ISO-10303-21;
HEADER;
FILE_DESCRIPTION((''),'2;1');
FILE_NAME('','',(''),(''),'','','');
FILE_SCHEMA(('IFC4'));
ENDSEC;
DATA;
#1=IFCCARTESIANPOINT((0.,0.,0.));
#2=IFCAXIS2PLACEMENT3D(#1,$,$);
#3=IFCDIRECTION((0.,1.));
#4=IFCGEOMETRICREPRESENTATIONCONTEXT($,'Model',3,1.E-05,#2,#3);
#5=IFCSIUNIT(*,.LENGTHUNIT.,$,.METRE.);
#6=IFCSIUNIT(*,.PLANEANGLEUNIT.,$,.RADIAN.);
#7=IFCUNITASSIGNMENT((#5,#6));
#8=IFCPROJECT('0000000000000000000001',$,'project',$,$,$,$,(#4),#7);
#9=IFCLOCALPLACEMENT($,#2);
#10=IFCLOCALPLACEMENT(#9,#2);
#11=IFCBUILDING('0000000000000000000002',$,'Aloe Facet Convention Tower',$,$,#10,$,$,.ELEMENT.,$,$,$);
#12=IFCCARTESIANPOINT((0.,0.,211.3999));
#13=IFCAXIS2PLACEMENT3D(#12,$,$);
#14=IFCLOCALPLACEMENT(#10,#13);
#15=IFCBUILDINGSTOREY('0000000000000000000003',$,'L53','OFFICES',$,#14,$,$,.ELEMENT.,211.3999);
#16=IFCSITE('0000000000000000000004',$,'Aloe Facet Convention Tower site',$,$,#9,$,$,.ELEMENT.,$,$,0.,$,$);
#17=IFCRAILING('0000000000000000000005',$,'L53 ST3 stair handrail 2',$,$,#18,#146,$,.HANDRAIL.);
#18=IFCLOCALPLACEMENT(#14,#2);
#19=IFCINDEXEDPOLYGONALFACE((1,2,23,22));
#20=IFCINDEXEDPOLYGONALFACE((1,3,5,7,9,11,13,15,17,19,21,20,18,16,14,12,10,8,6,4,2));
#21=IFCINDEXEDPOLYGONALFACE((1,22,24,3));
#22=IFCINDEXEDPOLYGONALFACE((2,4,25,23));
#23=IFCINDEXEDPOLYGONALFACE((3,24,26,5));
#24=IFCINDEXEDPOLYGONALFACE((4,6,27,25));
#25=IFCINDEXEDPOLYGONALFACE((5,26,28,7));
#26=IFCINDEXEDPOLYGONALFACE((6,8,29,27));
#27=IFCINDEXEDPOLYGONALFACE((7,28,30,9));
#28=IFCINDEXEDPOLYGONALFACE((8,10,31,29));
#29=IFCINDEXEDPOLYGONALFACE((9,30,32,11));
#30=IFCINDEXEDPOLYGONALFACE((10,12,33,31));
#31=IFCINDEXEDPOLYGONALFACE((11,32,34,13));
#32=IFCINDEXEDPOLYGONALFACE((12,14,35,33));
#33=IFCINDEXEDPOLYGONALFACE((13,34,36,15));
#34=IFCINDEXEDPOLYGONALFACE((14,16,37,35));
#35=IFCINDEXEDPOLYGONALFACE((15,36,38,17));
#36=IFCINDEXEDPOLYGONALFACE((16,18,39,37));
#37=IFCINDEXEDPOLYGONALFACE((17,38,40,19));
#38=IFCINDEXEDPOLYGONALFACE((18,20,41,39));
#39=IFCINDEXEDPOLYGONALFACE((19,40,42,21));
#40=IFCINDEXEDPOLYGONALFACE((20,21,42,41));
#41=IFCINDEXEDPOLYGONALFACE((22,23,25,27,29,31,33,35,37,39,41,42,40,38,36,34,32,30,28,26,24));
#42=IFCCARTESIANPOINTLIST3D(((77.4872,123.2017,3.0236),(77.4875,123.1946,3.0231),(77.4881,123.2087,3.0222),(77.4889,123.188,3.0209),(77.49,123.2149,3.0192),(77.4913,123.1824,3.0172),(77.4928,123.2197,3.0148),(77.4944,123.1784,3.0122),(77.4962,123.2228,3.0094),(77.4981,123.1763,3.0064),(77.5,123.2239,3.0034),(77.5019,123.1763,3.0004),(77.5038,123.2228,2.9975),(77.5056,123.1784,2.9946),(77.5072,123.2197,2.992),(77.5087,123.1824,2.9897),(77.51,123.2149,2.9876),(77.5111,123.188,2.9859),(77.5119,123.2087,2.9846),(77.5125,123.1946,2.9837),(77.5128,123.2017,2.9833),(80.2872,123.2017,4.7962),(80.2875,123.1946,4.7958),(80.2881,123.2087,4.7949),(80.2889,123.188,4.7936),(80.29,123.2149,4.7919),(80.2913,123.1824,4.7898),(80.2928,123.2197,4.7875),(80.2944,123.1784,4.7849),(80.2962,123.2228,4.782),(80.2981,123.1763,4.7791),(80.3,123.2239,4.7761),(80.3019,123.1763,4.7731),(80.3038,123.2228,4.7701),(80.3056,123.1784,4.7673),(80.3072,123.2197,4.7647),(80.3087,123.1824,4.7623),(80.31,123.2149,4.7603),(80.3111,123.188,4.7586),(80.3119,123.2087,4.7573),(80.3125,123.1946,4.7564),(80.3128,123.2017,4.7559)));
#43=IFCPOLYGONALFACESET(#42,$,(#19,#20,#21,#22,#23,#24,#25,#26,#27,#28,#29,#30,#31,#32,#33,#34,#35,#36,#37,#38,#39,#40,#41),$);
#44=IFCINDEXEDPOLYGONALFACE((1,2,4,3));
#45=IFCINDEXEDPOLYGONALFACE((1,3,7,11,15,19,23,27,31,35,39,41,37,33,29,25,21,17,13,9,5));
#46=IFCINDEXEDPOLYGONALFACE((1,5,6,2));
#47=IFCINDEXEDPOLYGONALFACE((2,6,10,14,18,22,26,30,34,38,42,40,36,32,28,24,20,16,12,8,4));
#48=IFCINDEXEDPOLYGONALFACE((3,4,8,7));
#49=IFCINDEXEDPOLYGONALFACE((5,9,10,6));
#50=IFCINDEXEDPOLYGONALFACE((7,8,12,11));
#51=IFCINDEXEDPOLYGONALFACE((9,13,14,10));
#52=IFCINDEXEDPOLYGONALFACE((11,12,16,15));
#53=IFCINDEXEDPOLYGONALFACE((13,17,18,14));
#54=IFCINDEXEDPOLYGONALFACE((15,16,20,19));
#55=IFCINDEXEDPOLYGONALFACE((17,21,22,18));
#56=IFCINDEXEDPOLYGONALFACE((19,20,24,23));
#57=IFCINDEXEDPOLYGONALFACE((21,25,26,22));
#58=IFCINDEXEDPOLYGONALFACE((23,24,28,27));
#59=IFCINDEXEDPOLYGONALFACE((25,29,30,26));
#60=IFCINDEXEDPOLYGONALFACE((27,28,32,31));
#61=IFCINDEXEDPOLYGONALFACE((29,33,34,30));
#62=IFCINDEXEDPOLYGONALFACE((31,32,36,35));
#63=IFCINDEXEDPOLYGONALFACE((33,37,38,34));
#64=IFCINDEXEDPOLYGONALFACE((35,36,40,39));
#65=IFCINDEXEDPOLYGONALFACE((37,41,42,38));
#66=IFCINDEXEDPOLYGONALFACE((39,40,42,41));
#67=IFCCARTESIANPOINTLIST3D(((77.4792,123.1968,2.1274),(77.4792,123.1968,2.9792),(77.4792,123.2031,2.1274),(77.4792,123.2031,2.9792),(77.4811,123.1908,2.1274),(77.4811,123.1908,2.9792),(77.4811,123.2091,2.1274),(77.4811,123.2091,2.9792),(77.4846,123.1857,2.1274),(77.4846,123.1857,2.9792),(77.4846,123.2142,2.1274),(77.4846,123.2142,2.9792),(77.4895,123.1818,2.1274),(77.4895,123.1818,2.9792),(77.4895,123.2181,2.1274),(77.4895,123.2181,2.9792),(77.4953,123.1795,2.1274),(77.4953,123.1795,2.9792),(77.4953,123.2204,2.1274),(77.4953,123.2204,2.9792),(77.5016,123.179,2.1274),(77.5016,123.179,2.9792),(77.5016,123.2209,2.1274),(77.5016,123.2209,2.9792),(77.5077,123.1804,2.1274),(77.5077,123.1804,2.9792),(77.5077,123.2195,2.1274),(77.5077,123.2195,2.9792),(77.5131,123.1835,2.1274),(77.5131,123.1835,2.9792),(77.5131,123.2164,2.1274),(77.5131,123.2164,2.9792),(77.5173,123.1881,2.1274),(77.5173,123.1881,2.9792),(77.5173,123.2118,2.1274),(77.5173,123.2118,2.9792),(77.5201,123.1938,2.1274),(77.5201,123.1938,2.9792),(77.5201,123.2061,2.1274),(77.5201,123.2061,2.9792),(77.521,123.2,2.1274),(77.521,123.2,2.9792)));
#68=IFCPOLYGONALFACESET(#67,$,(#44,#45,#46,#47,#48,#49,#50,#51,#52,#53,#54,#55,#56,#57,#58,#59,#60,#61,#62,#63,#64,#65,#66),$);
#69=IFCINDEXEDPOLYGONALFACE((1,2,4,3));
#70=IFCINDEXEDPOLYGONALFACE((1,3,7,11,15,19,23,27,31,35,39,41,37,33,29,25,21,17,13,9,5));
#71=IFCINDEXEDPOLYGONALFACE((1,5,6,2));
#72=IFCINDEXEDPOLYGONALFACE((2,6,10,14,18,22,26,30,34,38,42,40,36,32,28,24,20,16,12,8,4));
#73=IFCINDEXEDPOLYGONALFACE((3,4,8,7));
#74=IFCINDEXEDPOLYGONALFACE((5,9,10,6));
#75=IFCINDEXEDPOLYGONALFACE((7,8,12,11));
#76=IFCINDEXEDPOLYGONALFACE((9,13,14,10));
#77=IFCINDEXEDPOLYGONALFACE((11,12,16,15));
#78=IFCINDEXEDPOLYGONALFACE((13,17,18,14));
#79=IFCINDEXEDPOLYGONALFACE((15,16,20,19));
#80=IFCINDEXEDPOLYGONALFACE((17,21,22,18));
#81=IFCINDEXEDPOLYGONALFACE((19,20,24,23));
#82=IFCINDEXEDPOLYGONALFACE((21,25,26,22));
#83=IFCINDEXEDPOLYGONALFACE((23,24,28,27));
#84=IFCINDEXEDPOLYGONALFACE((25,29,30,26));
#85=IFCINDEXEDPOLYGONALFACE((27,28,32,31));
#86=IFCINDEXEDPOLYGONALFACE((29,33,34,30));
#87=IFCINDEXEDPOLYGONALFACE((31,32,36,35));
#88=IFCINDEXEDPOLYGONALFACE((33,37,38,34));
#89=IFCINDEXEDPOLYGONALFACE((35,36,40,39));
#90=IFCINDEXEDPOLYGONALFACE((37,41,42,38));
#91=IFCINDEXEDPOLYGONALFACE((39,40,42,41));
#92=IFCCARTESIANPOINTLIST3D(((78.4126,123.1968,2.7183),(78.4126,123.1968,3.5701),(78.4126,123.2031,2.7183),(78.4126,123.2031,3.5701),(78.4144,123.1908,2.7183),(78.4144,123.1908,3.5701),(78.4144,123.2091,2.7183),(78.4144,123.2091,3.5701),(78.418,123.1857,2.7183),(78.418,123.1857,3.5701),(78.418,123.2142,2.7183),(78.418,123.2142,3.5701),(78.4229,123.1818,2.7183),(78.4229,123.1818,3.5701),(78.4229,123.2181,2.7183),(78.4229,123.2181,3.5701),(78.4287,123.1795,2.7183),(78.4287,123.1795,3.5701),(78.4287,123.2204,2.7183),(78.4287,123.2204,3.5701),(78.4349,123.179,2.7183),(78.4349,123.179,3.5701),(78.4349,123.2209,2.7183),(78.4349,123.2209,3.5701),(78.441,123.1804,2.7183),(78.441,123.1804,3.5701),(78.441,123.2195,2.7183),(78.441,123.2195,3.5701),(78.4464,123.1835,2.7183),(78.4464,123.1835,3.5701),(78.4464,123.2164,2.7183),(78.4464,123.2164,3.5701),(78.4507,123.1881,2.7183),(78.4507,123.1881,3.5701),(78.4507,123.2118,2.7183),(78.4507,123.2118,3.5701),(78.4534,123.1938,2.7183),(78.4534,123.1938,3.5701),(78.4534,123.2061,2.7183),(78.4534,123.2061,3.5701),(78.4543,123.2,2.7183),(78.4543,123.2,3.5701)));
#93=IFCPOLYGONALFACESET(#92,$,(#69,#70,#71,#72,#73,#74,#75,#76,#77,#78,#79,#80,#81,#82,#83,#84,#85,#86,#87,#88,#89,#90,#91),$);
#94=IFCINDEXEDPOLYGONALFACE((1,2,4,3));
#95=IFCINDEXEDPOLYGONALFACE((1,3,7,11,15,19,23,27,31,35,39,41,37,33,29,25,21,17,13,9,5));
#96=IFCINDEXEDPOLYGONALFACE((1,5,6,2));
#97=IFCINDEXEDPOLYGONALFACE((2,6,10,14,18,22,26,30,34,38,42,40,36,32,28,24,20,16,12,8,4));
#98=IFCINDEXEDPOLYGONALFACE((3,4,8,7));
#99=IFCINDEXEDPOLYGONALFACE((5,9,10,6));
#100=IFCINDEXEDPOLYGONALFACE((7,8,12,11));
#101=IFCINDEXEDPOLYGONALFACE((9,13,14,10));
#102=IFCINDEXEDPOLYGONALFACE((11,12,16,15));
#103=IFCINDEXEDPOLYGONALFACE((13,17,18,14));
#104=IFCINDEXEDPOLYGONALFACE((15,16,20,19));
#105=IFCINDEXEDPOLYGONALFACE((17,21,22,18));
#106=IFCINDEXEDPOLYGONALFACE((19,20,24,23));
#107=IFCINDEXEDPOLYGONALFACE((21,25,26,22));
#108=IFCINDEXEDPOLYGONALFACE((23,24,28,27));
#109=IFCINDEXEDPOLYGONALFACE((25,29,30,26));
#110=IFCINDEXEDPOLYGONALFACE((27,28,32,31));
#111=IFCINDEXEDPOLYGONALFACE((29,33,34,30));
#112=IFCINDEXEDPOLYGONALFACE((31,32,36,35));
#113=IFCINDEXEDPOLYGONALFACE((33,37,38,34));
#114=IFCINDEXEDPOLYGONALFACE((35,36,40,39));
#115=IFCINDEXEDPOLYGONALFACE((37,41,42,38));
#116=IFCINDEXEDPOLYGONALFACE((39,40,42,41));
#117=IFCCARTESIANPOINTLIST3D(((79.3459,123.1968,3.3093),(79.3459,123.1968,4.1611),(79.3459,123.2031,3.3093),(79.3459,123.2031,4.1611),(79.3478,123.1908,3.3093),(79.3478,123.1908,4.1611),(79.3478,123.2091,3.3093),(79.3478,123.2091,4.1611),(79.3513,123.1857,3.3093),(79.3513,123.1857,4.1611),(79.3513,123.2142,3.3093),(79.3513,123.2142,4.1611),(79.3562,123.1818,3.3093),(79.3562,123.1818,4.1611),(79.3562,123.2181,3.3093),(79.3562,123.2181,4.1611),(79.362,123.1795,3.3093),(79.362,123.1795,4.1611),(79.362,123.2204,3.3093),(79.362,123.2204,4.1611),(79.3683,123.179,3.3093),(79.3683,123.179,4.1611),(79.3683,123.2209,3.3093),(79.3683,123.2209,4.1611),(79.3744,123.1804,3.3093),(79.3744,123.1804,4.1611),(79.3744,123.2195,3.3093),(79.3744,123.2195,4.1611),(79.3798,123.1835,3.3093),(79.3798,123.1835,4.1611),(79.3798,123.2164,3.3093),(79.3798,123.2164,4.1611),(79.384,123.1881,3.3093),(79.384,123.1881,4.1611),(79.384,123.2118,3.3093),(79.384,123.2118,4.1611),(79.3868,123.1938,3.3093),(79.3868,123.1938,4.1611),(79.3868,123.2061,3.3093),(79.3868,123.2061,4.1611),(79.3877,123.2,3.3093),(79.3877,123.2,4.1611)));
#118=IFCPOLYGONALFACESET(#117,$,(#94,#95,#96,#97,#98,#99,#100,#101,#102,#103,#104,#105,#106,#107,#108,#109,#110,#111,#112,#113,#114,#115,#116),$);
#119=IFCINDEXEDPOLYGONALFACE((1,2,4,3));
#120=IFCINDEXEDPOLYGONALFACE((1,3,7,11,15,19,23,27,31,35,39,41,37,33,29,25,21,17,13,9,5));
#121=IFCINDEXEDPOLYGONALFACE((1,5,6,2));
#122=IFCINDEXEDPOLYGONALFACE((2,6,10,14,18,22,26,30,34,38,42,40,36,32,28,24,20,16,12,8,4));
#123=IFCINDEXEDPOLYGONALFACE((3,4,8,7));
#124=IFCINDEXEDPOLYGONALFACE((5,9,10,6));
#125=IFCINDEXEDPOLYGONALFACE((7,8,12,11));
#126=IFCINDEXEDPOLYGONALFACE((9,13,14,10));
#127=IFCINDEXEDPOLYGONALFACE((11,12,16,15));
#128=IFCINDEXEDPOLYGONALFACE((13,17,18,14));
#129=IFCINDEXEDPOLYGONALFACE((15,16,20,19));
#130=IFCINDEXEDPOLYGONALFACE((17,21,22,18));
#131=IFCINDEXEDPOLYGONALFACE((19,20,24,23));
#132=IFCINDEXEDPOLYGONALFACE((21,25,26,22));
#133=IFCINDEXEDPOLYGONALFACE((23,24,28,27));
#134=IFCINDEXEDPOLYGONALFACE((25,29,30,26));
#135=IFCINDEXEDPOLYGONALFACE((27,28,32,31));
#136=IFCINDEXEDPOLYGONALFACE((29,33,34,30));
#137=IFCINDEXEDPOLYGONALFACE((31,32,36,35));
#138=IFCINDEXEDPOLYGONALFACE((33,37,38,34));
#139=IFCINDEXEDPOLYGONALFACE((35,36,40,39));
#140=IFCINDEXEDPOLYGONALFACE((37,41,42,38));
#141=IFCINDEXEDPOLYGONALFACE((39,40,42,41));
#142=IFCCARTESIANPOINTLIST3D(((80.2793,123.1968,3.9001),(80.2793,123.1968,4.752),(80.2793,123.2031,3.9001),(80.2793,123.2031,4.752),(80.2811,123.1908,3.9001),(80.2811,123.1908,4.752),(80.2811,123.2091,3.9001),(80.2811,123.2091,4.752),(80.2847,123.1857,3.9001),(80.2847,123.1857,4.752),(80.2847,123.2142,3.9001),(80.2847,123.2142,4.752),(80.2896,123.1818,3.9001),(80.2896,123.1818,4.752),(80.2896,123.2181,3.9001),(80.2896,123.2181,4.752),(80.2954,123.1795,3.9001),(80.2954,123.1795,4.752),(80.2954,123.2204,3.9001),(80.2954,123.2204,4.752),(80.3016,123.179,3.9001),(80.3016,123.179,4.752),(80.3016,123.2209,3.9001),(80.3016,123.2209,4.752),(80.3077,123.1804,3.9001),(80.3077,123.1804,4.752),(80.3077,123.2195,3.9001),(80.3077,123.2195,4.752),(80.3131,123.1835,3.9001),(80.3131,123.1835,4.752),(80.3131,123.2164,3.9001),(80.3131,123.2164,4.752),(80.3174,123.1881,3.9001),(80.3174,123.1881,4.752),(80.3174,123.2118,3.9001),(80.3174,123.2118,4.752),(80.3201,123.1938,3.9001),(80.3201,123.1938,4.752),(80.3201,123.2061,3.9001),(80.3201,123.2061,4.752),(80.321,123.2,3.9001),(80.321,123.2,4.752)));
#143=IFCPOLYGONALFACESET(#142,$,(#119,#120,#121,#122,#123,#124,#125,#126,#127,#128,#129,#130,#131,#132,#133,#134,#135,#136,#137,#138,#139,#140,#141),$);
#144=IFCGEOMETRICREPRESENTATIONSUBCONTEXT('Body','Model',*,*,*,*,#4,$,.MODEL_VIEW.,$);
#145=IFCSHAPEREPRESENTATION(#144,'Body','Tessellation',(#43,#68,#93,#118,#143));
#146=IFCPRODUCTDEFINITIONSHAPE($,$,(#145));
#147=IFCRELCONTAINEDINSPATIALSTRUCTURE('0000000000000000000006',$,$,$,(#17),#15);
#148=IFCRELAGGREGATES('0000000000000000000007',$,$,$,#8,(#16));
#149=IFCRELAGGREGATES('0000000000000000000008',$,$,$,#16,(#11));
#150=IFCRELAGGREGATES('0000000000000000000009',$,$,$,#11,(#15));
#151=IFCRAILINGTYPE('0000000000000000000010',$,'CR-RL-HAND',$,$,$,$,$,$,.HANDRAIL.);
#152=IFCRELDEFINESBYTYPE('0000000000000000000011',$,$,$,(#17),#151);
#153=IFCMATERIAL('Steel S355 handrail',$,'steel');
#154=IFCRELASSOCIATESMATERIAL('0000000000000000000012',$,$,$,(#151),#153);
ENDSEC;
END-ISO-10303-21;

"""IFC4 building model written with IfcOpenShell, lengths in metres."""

from ifc_helpers import new_model, si_unit, direction, frame, origin, origin_2d, place, context, subcontext, project, spatial, circle, extrude, material, type_object, element, save


model = new_model("IFC4")

# Units and contexts
model_context = context("Model", 3, precision=1e-05, world=origin(), true_north=direction((0.0, 1.0)))
body_context = subcontext(model_context, "Body", "Model", "MODEL_VIEW")
ifc_project = project(units=[si_unit("LENGTHUNIT", "METRE"), si_unit("PLANEANGLEUNIT", "RADIAN")], contexts=[model_context])

# Site, building, storey
site_placement = place(None, origin())
site = spatial("IfcSite", under=ifc_project, at=site_placement, Name="Aloe Facet Convention Tower site", CompositionType="ELEMENT", RefElevation=0.0)
building_placement = place(site_placement, origin())
building = spatial("IfcBuilding", under=site, at=building_placement, Name="Aloe Facet Convention Tower", CompositionType="ELEMENT")
storey_placement = place(building_placement, frame((0.0, 0.0, 211.3999)))
storey = spatial("IfcBuildingStorey", under=building, at=storey_placement, Name="L53", Description="OFFICES", CompositionType="ELEMENT", Elevation=211.3999)

# Railing
ifc_material_1 = material(Name="Steel S355 handrail", Category="steel")
railing_type_1 = type_object("IfcRailingType", Name="CR-RL-HAND", PredefinedType="HANDRAIL", material=ifc_material_1)
railing_1_placement = place(storey_placement, frame((77.5, 123.2, 2.1274)))
element("IfcRailing", 1, at=railing_1_placement, inside=storey, type_object=railing_type_1, Name="L53 ST3 stair handrail 2", PredefinedType="HANDRAIL", context=body_context, shape_type="SweptSolid", body=[
    extrude(circle(Radius=0.0239, at=origin_2d()), frame((0.0, 0.0, 0.876), z_axis=(0.844909, 0.0, 0.53491), x_axis=(0.0, 1.0, 0.0)), (0.0, 0.0, 1.0), 3.314),
    extrude(circle(Radius=0.021, at=origin_2d()), origin(), (0.0, 0.0, 1.0), 0.8518),
    extrude(circle(Radius=0.021, at=origin_2d()), frame((0.9333, 0.0, 0.5908)), (0.0, 0.0, 1.0), 0.8518),
    extrude(circle(Radius=0.021, at=origin_2d()), frame((1.8667, 0.0, 1.1819)), (0.0, 0.0, 1.0), 0.8518),
    extrude(circle(Radius=0.021, at=origin_2d()), frame((2.8, 0.0, 1.7727)), (0.0, 0.0, 1.0), 0.8518),
])

save(model, "model.ifc")
